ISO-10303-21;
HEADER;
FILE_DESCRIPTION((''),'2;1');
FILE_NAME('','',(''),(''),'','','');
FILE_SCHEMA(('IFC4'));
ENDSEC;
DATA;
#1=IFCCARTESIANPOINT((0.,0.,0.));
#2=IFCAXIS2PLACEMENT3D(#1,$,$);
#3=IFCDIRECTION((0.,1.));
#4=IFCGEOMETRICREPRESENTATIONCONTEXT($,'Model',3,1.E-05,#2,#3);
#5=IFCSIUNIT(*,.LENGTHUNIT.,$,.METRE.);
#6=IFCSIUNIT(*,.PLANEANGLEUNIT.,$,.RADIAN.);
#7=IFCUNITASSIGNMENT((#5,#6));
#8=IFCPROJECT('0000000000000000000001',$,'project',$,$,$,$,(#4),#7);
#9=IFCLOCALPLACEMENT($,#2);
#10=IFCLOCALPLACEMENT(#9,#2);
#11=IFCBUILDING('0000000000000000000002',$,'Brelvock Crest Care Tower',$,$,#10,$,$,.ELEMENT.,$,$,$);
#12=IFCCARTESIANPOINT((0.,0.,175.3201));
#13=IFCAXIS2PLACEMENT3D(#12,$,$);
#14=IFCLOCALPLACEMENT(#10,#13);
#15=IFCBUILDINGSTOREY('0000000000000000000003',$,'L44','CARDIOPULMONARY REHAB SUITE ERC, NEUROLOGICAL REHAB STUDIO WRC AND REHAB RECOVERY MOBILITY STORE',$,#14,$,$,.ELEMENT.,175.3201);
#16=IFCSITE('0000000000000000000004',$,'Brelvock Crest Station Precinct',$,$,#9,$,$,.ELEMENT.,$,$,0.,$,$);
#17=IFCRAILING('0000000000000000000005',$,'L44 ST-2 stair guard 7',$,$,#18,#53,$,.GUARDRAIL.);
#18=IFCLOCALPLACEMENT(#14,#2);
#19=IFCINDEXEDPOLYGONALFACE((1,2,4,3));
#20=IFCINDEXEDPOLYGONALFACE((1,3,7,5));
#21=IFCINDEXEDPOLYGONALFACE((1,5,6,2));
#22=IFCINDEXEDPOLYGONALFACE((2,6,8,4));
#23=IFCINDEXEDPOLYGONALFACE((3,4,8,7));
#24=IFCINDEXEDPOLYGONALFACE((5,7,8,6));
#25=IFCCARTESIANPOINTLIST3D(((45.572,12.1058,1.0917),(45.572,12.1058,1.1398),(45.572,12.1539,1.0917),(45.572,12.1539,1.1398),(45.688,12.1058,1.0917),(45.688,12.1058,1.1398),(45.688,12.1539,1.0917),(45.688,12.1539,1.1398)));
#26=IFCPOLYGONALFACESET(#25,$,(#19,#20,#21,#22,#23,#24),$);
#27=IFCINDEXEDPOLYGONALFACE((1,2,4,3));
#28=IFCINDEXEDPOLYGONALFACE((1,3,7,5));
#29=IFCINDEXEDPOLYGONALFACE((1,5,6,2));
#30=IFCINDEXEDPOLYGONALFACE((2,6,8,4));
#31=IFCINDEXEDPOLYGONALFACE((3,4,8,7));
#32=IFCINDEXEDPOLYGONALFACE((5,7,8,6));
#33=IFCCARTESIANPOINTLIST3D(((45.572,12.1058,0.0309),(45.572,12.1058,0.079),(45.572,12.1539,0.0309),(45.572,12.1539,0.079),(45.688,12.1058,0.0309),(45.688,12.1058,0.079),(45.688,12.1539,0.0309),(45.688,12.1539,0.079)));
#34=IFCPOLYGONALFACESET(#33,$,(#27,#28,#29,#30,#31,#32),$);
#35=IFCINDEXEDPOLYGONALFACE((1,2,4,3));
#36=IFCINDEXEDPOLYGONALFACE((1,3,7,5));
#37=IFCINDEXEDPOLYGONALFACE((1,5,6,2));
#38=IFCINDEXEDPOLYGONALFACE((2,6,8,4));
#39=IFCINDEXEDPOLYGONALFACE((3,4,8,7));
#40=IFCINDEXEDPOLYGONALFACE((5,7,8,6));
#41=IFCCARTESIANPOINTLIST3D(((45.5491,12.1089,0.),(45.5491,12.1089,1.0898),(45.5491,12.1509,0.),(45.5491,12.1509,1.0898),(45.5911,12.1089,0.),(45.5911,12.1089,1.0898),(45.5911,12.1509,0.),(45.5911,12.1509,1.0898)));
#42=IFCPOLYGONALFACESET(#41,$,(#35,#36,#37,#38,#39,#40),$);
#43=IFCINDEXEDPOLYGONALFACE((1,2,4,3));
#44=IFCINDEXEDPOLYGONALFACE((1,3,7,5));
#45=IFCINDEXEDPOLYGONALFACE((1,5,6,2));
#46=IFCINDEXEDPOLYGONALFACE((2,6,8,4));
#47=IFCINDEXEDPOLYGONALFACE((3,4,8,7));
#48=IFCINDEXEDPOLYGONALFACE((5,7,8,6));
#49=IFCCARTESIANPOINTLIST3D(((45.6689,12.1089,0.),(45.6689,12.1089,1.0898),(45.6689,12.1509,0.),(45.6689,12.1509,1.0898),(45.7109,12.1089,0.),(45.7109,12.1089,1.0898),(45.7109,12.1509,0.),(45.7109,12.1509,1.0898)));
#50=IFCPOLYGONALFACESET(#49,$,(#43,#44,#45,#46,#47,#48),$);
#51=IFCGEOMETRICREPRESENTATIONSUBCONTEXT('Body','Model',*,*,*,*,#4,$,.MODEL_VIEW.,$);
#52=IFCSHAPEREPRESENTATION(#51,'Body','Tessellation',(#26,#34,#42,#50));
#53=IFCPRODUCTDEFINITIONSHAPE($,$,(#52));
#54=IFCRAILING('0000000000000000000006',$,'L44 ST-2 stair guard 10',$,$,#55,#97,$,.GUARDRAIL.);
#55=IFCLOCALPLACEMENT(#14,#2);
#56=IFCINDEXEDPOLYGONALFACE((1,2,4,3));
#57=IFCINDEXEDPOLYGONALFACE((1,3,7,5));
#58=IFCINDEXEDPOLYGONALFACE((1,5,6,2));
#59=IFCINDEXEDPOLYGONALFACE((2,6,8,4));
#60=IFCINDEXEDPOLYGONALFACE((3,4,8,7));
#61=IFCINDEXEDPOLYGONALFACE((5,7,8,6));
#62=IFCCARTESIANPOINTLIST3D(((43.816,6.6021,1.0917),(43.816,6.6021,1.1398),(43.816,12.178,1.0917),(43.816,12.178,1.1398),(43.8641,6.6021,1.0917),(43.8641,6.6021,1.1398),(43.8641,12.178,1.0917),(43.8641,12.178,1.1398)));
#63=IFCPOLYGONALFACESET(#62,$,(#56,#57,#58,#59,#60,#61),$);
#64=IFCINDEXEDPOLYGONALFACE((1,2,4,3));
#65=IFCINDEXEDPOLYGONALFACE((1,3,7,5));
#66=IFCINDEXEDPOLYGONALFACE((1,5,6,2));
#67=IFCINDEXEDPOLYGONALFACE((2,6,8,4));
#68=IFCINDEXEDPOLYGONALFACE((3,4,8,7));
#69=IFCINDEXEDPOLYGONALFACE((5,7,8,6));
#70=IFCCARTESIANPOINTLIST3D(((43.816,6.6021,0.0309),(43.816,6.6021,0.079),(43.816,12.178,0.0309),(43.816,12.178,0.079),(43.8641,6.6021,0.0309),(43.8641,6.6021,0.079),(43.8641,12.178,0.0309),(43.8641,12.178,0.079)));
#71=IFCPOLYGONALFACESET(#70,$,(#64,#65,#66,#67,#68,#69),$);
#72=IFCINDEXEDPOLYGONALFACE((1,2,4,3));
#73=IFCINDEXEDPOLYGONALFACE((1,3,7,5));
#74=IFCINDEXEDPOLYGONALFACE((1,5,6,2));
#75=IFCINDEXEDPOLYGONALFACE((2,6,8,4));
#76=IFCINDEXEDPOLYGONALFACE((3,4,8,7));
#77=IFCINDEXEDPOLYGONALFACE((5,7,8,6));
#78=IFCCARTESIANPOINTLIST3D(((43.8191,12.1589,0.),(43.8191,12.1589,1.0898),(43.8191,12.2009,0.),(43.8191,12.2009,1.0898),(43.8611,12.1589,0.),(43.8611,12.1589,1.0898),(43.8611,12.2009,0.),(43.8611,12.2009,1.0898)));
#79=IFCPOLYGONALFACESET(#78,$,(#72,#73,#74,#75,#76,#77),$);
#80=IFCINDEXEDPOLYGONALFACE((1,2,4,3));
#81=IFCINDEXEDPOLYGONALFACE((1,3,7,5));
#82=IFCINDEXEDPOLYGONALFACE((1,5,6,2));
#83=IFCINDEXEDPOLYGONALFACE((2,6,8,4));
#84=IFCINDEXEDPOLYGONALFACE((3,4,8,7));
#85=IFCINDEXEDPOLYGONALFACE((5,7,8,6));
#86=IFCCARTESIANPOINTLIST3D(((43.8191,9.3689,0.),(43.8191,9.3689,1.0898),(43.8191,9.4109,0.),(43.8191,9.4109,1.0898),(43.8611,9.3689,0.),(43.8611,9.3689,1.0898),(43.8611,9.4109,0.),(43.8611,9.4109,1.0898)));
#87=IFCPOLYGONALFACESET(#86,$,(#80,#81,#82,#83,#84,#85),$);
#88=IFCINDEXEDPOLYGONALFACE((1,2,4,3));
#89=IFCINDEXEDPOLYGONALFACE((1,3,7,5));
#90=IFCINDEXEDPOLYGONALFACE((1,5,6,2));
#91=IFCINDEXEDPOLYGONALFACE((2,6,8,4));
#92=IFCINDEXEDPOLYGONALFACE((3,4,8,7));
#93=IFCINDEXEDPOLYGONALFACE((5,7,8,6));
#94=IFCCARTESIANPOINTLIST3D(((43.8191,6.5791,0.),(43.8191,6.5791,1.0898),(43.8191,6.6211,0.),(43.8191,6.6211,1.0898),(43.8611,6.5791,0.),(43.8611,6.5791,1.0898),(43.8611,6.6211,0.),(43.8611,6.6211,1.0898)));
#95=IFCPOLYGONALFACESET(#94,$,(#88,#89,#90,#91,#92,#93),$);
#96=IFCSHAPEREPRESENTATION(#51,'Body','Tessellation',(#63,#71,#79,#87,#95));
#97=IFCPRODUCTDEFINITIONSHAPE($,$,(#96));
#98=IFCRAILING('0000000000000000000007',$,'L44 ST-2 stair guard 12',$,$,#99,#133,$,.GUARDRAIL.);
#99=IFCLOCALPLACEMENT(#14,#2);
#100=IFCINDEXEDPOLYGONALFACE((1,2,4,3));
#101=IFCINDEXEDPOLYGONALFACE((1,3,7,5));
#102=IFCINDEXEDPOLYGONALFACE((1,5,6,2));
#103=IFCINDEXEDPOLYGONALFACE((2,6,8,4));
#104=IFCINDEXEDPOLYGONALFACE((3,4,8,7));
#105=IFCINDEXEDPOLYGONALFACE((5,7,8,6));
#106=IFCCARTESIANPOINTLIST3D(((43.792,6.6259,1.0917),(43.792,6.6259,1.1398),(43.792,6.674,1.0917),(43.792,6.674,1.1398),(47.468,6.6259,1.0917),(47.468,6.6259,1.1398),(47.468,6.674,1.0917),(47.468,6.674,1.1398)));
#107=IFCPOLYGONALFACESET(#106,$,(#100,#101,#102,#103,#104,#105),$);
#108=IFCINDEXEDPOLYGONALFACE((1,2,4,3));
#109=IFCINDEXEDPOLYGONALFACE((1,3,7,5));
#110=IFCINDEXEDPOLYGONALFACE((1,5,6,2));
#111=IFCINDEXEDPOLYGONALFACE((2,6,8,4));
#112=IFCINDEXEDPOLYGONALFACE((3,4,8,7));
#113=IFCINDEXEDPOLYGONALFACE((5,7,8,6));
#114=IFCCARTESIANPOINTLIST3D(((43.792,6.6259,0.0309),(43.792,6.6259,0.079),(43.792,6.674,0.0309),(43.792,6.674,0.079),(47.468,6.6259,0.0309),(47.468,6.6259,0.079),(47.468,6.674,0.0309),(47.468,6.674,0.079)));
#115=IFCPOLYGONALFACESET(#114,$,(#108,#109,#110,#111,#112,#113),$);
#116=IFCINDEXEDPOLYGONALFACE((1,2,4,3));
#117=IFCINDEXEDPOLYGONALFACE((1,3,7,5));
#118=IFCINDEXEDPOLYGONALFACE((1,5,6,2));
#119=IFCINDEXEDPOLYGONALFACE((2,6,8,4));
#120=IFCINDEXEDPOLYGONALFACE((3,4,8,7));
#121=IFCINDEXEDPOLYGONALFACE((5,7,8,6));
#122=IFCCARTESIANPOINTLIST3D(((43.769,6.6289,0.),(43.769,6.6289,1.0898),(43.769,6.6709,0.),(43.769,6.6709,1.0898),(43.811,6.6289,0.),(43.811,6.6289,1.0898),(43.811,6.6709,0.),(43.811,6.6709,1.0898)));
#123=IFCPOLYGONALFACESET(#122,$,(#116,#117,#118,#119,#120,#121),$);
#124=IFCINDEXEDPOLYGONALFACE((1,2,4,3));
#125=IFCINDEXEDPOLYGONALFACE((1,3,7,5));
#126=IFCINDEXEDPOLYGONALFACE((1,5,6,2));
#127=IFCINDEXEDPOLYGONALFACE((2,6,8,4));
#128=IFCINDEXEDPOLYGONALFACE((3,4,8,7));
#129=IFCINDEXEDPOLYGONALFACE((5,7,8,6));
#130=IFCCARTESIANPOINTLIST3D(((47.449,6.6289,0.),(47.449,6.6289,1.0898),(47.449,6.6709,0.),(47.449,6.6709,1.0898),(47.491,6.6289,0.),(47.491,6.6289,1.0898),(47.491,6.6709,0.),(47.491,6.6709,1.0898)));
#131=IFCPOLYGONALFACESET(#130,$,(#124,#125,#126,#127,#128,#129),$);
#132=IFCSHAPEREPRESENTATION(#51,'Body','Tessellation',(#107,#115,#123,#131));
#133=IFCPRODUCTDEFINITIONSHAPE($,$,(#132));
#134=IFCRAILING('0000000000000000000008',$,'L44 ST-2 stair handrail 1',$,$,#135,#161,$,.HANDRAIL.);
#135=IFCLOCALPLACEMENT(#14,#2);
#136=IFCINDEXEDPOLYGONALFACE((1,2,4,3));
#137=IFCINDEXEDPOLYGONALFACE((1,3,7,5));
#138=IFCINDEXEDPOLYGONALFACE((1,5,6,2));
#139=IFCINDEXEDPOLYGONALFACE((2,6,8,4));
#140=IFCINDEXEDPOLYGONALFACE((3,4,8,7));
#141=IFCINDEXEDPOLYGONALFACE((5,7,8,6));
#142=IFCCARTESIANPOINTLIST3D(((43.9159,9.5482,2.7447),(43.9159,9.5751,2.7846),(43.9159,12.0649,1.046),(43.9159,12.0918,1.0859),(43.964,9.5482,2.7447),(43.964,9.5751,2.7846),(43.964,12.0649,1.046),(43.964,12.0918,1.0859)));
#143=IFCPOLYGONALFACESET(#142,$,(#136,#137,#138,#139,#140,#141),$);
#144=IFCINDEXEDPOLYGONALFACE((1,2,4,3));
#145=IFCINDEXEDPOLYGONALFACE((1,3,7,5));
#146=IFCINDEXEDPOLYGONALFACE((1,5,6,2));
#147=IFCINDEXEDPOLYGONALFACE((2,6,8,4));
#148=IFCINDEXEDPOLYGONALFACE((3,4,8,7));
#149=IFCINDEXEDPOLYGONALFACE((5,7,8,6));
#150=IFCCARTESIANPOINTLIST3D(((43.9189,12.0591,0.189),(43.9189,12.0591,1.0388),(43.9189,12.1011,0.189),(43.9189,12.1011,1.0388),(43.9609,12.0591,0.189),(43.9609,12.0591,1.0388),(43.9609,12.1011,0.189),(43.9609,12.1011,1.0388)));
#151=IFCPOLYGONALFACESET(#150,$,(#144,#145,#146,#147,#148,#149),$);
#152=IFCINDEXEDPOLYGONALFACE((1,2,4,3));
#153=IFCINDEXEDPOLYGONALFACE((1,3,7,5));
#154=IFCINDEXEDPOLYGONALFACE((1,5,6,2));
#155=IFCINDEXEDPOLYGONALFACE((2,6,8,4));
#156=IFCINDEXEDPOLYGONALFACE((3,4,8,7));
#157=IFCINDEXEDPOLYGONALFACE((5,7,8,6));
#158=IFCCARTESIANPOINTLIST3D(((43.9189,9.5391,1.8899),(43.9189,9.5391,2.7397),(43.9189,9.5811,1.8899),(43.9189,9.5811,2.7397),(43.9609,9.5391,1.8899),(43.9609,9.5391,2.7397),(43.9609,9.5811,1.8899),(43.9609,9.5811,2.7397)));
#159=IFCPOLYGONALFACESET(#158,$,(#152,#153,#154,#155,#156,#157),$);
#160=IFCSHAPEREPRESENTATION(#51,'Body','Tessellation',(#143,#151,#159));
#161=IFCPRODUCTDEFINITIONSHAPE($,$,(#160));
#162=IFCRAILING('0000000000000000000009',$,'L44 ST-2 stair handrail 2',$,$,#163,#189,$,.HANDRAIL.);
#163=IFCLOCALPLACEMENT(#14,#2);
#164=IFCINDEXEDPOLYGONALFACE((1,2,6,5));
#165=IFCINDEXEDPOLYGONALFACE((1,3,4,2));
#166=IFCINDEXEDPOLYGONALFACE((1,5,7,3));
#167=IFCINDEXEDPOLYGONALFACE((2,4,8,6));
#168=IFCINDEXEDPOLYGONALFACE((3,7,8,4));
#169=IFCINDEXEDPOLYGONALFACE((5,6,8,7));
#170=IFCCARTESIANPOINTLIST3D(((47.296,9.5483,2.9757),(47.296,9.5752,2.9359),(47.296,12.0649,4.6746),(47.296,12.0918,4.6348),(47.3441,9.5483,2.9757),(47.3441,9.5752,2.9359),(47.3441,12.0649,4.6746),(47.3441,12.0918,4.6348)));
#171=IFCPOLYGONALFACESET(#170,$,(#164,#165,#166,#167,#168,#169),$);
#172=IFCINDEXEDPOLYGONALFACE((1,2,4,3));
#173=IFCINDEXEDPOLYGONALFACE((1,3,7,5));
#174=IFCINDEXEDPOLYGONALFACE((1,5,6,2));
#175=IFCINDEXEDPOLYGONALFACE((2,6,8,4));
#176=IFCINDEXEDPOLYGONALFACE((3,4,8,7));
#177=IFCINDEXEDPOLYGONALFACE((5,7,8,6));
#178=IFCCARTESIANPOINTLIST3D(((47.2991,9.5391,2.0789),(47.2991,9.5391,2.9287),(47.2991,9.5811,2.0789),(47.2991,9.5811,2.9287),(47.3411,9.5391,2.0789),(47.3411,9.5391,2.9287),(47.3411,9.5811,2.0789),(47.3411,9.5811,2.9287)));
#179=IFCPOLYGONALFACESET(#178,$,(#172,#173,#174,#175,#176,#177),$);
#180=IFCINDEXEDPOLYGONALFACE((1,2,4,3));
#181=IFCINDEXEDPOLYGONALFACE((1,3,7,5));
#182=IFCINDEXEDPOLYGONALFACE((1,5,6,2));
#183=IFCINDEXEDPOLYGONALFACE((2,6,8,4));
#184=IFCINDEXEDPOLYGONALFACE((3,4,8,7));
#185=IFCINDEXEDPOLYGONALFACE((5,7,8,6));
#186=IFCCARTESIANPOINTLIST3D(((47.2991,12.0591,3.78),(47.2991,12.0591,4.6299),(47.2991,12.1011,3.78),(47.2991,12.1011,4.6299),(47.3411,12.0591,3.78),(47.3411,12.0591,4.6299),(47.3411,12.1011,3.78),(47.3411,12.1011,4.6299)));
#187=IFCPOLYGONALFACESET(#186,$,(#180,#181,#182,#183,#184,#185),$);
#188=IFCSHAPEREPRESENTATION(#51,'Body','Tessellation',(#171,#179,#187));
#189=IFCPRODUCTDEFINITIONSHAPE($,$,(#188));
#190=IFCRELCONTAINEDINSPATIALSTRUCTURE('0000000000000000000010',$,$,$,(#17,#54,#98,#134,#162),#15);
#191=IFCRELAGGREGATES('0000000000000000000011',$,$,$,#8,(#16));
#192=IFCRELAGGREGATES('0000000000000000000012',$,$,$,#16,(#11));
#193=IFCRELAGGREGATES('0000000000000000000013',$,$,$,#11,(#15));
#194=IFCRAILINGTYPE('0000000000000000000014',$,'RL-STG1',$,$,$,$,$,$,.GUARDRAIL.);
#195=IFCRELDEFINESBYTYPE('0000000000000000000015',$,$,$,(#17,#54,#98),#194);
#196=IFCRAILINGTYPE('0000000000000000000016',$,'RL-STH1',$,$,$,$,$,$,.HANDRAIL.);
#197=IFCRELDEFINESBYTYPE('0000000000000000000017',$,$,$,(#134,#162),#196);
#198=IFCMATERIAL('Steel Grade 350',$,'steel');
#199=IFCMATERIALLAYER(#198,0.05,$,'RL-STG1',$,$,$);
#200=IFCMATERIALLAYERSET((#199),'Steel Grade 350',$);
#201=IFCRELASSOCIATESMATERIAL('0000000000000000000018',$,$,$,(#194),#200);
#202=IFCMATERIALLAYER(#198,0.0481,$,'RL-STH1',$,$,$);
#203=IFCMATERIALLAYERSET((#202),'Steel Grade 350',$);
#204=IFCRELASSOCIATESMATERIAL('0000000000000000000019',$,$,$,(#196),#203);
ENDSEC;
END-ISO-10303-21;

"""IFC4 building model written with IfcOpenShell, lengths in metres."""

from ifc_helpers import new_model, si_unit, direction, frame, origin, origin_2d, place, context, subcontext, project, spatial, rectangle, extrude, material, layer, layer_set, type_object, element, save


model = new_model("IFC4")

# Units and contexts
model_context = context("Model", 3, precision=1e-05, world=origin(), true_north=direction((0.0, 1.0)))
body_context = subcontext(model_context, "Body", "Model", "MODEL_VIEW")
ifc_project = project(units=[si_unit("LENGTHUNIT", "METRE"), si_unit("PLANEANGLEUNIT", "RADIAN")], contexts=[model_context])

# Site, building, storey
site_placement = place(None, origin())
site = spatial("IfcSite", under=ifc_project, at=site_placement, Name="Brelvock Crest Station Precinct", CompositionType="ELEMENT", RefElevation=0.0)
building_placement = place(site_placement, origin())
building = spatial("IfcBuilding", under=site, at=building_placement, Name="Brelvock Crest Care Tower", CompositionType="ELEMENT")
storey_placement = place(building_placement, frame((0.0, 0.0, 175.3201)))
storey = spatial("IfcBuildingStorey", under=building, at=storey_placement, Name="L44", Description="CARDIOPULMONARY REHAB SUITE ERC, NEUROLOGICAL REHAB STUDIO WRC AND REHAB RECOVERY MOBILITY STORE", CompositionType="ELEMENT", Elevation=175.3201)

# Shared definitions
ifc_material_1 = material(Name="Steel Grade 350", Category="steel")

# Railings
ifc_layer_1 = layer(ifc_material_1, 0.05, Name="RL-STG1")
ifc_layer_set_1 = layer_set([ifc_layer_1], Name="Steel Grade 350")
railing_type_1 = type_object("IfcRailingType", Name="RL-STG1", PredefinedType="GUARDRAIL", material=ifc_layer_set_1)
railing_1_placement = place(storey_placement, frame((45.5701, 12.1299, 0.0)))
element("IfcRailing", 1, at=railing_1_placement, inside=storey, type_object=railing_type_1, Name="L44 ST-2 stair guard 7", PredefinedType="GUARDRAIL", context=body_context, shape_type="SweptSolid", body=[
    extrude(rectangle(XDim=0.0481, YDim=0.0481, at=origin_2d()), frame((0.002, 0.0, 1.1157), z_axis=(1.0, 0.0, 0.0), x_axis=(0.0, 1.0, 0.0)), (0.0, 0.0, 1.0), 0.116),
    extrude(rectangle(XDim=0.0481, YDim=0.0481, at=origin_2d()), frame((0.002, 0.0, 0.0549), z_axis=(1.0, 0.0, 0.0), x_axis=(0.0, 1.0, 0.0)), (0.0, 0.0, 1.0), 0.116),
    extrude(rectangle(XDim=0.042, YDim=0.042, at=origin_2d()), origin(), (0.0, 0.0, 1.0), 1.0898),
    extrude(rectangle(XDim=0.042, YDim=0.042, at=origin_2d()), frame((0.1199, 0.0, 0.0)), (0.0, 0.0, 1.0), 1.0898),
])
railing_2_placement = place(storey_placement, frame((43.8401, 12.1799, 0.0)))
element("IfcRailing", 2, at=railing_2_placement, inside=storey, type_object=railing_type_1, Name="L44 ST-2 stair guard 10", PredefinedType="GUARDRAIL", context=body_context, shape_type="SweptSolid", body=[
    extrude(rectangle(XDim=0.0481, YDim=0.0481, at=origin_2d()), frame((0.0, -0.002, 1.1157), z_axis=(0.0, -1.0, 0.0), x_axis=(1.0, 0.0, 0.0)), (0.0, 0.0, 1.0), 5.5759),
    extrude(rectangle(XDim=0.0481, YDim=0.0481, at=origin_2d()), frame((0.0, -0.002, 0.0549), z_axis=(0.0, -1.0, 0.0), x_axis=(1.0, 0.0, 0.0)), (0.0, 0.0, 1.0), 5.5759),
    extrude(rectangle(XDim=0.042, YDim=0.042, at=origin_2d()), origin(), (0.0, 0.0, 1.0), 1.0898),
    extrude(rectangle(XDim=0.042, YDim=0.042, at=origin_2d()), frame((0.0, -2.79, 0.0)), (0.0, 0.0, 1.0), 1.0898),
    extrude(rectangle(XDim=0.042, YDim=0.042, at=origin_2d()), frame((0.0, -5.5798, 0.0)), (0.0, 0.0, 1.0), 1.0898),
])
railing_3_placement = place(storey_placement, frame((43.79, 6.6499, 0.0)))
element("IfcRailing", 3, at=railing_3_placement, inside=storey, type_object=railing_type_1, Name="L44 ST-2 stair guard 12", PredefinedType="GUARDRAIL", context=body_context, shape_type="SweptSolid", body=[
    extrude(rectangle(XDim=0.0481, YDim=0.0481, at=origin_2d()), frame((0.002, 0.0, 1.1157), z_axis=(1.0, 0.0, 0.0), x_axis=(0.0, 1.0, 0.0)), (0.0, 0.0, 1.0), 3.676),
    extrude(rectangle(XDim=0.0481, YDim=0.0481, at=origin_2d()), frame((0.002, 0.0, 0.0549), z_axis=(1.0, 0.0, 0.0), x_axis=(0.0, 1.0, 0.0)), (0.0, 0.0, 1.0), 3.676),
    extrude(rectangle(XDim=0.042, YDim=0.042, at=origin_2d()), origin(), (0.0, 0.0, 1.0), 1.0898),
    extrude(rectangle(XDim=0.042, YDim=0.042, at=origin_2d()), frame((3.6799, 0.0, 0.0)), (0.0, 0.0, 1.0), 1.0898),
])
ifc_layer_2 = layer(ifc_material_1, 0.0481, Name="RL-STH1")
ifc_layer_set_2 = layer_set([ifc_layer_2], Name="Steel Grade 350")
railing_type_2 = type_object("IfcRailingType", Name="RL-STH1", PredefinedType="HANDRAIL", material=ifc_layer_set_2)
railing_4_placement = place(storey_placement, frame((43.9399, 12.0801, 0.189)))
element("IfcRailing", 4, at=railing_4_placement, inside=storey, type_object=railing_type_2, Name="L44 ST-2 stair handrail 1", PredefinedType="HANDRAIL", context=body_context, shape_type="SweptSolid", body=[
    extrude(rectangle(XDim=0.0481, YDim=0.0481, at=origin_2d()), frame((0.0, -0.0017, 0.877), z_axis=(0.0, -0.828862, 0.559454), x_axis=(1.0, 0.0, 0.0)), (0.0, 0.0, 1.0), 3.0364),
    extrude(rectangle(XDim=0.042, YDim=0.042, at=origin_2d()), origin(), (0.0, 0.0, 1.0), 0.8499),
    extrude(rectangle(XDim=0.042, YDim=0.042, at=origin_2d()), frame((0.0, -2.52, 1.7009)), (0.0, 0.0, 1.0), 0.8499),
])
railing_5_placement = place(storey_placement, frame((47.3201, 9.5601, 2.0789)))
element("IfcRailing", 5, at=railing_5_placement, inside=storey, type_object=railing_type_2, Name="L44 ST-2 stair handrail 2", PredefinedType="HANDRAIL", context=body_context, shape_type="SweptSolid", body=[
    extrude(rectangle(XDim=0.0481, YDim=0.0481, at=origin_2d()), frame((0.0, 0.0017, 0.877), z_axis=(0.0, 0.828824, 0.559509), x_axis=(-1.0, 0.0, 0.0)), (0.0, 0.0, 1.0), 3.0364),
    extrude(rectangle(XDim=0.042, YDim=0.042, at=origin_2d()), origin(), (0.0, 0.0, 1.0), 0.8499),
    extrude(rectangle(XDim=0.042, YDim=0.042, at=origin_2d()), frame((0.0, 2.52, 1.7012)), (0.0, 0.0, 1.0), 0.8499),
])

save(model, "model.ifc")
